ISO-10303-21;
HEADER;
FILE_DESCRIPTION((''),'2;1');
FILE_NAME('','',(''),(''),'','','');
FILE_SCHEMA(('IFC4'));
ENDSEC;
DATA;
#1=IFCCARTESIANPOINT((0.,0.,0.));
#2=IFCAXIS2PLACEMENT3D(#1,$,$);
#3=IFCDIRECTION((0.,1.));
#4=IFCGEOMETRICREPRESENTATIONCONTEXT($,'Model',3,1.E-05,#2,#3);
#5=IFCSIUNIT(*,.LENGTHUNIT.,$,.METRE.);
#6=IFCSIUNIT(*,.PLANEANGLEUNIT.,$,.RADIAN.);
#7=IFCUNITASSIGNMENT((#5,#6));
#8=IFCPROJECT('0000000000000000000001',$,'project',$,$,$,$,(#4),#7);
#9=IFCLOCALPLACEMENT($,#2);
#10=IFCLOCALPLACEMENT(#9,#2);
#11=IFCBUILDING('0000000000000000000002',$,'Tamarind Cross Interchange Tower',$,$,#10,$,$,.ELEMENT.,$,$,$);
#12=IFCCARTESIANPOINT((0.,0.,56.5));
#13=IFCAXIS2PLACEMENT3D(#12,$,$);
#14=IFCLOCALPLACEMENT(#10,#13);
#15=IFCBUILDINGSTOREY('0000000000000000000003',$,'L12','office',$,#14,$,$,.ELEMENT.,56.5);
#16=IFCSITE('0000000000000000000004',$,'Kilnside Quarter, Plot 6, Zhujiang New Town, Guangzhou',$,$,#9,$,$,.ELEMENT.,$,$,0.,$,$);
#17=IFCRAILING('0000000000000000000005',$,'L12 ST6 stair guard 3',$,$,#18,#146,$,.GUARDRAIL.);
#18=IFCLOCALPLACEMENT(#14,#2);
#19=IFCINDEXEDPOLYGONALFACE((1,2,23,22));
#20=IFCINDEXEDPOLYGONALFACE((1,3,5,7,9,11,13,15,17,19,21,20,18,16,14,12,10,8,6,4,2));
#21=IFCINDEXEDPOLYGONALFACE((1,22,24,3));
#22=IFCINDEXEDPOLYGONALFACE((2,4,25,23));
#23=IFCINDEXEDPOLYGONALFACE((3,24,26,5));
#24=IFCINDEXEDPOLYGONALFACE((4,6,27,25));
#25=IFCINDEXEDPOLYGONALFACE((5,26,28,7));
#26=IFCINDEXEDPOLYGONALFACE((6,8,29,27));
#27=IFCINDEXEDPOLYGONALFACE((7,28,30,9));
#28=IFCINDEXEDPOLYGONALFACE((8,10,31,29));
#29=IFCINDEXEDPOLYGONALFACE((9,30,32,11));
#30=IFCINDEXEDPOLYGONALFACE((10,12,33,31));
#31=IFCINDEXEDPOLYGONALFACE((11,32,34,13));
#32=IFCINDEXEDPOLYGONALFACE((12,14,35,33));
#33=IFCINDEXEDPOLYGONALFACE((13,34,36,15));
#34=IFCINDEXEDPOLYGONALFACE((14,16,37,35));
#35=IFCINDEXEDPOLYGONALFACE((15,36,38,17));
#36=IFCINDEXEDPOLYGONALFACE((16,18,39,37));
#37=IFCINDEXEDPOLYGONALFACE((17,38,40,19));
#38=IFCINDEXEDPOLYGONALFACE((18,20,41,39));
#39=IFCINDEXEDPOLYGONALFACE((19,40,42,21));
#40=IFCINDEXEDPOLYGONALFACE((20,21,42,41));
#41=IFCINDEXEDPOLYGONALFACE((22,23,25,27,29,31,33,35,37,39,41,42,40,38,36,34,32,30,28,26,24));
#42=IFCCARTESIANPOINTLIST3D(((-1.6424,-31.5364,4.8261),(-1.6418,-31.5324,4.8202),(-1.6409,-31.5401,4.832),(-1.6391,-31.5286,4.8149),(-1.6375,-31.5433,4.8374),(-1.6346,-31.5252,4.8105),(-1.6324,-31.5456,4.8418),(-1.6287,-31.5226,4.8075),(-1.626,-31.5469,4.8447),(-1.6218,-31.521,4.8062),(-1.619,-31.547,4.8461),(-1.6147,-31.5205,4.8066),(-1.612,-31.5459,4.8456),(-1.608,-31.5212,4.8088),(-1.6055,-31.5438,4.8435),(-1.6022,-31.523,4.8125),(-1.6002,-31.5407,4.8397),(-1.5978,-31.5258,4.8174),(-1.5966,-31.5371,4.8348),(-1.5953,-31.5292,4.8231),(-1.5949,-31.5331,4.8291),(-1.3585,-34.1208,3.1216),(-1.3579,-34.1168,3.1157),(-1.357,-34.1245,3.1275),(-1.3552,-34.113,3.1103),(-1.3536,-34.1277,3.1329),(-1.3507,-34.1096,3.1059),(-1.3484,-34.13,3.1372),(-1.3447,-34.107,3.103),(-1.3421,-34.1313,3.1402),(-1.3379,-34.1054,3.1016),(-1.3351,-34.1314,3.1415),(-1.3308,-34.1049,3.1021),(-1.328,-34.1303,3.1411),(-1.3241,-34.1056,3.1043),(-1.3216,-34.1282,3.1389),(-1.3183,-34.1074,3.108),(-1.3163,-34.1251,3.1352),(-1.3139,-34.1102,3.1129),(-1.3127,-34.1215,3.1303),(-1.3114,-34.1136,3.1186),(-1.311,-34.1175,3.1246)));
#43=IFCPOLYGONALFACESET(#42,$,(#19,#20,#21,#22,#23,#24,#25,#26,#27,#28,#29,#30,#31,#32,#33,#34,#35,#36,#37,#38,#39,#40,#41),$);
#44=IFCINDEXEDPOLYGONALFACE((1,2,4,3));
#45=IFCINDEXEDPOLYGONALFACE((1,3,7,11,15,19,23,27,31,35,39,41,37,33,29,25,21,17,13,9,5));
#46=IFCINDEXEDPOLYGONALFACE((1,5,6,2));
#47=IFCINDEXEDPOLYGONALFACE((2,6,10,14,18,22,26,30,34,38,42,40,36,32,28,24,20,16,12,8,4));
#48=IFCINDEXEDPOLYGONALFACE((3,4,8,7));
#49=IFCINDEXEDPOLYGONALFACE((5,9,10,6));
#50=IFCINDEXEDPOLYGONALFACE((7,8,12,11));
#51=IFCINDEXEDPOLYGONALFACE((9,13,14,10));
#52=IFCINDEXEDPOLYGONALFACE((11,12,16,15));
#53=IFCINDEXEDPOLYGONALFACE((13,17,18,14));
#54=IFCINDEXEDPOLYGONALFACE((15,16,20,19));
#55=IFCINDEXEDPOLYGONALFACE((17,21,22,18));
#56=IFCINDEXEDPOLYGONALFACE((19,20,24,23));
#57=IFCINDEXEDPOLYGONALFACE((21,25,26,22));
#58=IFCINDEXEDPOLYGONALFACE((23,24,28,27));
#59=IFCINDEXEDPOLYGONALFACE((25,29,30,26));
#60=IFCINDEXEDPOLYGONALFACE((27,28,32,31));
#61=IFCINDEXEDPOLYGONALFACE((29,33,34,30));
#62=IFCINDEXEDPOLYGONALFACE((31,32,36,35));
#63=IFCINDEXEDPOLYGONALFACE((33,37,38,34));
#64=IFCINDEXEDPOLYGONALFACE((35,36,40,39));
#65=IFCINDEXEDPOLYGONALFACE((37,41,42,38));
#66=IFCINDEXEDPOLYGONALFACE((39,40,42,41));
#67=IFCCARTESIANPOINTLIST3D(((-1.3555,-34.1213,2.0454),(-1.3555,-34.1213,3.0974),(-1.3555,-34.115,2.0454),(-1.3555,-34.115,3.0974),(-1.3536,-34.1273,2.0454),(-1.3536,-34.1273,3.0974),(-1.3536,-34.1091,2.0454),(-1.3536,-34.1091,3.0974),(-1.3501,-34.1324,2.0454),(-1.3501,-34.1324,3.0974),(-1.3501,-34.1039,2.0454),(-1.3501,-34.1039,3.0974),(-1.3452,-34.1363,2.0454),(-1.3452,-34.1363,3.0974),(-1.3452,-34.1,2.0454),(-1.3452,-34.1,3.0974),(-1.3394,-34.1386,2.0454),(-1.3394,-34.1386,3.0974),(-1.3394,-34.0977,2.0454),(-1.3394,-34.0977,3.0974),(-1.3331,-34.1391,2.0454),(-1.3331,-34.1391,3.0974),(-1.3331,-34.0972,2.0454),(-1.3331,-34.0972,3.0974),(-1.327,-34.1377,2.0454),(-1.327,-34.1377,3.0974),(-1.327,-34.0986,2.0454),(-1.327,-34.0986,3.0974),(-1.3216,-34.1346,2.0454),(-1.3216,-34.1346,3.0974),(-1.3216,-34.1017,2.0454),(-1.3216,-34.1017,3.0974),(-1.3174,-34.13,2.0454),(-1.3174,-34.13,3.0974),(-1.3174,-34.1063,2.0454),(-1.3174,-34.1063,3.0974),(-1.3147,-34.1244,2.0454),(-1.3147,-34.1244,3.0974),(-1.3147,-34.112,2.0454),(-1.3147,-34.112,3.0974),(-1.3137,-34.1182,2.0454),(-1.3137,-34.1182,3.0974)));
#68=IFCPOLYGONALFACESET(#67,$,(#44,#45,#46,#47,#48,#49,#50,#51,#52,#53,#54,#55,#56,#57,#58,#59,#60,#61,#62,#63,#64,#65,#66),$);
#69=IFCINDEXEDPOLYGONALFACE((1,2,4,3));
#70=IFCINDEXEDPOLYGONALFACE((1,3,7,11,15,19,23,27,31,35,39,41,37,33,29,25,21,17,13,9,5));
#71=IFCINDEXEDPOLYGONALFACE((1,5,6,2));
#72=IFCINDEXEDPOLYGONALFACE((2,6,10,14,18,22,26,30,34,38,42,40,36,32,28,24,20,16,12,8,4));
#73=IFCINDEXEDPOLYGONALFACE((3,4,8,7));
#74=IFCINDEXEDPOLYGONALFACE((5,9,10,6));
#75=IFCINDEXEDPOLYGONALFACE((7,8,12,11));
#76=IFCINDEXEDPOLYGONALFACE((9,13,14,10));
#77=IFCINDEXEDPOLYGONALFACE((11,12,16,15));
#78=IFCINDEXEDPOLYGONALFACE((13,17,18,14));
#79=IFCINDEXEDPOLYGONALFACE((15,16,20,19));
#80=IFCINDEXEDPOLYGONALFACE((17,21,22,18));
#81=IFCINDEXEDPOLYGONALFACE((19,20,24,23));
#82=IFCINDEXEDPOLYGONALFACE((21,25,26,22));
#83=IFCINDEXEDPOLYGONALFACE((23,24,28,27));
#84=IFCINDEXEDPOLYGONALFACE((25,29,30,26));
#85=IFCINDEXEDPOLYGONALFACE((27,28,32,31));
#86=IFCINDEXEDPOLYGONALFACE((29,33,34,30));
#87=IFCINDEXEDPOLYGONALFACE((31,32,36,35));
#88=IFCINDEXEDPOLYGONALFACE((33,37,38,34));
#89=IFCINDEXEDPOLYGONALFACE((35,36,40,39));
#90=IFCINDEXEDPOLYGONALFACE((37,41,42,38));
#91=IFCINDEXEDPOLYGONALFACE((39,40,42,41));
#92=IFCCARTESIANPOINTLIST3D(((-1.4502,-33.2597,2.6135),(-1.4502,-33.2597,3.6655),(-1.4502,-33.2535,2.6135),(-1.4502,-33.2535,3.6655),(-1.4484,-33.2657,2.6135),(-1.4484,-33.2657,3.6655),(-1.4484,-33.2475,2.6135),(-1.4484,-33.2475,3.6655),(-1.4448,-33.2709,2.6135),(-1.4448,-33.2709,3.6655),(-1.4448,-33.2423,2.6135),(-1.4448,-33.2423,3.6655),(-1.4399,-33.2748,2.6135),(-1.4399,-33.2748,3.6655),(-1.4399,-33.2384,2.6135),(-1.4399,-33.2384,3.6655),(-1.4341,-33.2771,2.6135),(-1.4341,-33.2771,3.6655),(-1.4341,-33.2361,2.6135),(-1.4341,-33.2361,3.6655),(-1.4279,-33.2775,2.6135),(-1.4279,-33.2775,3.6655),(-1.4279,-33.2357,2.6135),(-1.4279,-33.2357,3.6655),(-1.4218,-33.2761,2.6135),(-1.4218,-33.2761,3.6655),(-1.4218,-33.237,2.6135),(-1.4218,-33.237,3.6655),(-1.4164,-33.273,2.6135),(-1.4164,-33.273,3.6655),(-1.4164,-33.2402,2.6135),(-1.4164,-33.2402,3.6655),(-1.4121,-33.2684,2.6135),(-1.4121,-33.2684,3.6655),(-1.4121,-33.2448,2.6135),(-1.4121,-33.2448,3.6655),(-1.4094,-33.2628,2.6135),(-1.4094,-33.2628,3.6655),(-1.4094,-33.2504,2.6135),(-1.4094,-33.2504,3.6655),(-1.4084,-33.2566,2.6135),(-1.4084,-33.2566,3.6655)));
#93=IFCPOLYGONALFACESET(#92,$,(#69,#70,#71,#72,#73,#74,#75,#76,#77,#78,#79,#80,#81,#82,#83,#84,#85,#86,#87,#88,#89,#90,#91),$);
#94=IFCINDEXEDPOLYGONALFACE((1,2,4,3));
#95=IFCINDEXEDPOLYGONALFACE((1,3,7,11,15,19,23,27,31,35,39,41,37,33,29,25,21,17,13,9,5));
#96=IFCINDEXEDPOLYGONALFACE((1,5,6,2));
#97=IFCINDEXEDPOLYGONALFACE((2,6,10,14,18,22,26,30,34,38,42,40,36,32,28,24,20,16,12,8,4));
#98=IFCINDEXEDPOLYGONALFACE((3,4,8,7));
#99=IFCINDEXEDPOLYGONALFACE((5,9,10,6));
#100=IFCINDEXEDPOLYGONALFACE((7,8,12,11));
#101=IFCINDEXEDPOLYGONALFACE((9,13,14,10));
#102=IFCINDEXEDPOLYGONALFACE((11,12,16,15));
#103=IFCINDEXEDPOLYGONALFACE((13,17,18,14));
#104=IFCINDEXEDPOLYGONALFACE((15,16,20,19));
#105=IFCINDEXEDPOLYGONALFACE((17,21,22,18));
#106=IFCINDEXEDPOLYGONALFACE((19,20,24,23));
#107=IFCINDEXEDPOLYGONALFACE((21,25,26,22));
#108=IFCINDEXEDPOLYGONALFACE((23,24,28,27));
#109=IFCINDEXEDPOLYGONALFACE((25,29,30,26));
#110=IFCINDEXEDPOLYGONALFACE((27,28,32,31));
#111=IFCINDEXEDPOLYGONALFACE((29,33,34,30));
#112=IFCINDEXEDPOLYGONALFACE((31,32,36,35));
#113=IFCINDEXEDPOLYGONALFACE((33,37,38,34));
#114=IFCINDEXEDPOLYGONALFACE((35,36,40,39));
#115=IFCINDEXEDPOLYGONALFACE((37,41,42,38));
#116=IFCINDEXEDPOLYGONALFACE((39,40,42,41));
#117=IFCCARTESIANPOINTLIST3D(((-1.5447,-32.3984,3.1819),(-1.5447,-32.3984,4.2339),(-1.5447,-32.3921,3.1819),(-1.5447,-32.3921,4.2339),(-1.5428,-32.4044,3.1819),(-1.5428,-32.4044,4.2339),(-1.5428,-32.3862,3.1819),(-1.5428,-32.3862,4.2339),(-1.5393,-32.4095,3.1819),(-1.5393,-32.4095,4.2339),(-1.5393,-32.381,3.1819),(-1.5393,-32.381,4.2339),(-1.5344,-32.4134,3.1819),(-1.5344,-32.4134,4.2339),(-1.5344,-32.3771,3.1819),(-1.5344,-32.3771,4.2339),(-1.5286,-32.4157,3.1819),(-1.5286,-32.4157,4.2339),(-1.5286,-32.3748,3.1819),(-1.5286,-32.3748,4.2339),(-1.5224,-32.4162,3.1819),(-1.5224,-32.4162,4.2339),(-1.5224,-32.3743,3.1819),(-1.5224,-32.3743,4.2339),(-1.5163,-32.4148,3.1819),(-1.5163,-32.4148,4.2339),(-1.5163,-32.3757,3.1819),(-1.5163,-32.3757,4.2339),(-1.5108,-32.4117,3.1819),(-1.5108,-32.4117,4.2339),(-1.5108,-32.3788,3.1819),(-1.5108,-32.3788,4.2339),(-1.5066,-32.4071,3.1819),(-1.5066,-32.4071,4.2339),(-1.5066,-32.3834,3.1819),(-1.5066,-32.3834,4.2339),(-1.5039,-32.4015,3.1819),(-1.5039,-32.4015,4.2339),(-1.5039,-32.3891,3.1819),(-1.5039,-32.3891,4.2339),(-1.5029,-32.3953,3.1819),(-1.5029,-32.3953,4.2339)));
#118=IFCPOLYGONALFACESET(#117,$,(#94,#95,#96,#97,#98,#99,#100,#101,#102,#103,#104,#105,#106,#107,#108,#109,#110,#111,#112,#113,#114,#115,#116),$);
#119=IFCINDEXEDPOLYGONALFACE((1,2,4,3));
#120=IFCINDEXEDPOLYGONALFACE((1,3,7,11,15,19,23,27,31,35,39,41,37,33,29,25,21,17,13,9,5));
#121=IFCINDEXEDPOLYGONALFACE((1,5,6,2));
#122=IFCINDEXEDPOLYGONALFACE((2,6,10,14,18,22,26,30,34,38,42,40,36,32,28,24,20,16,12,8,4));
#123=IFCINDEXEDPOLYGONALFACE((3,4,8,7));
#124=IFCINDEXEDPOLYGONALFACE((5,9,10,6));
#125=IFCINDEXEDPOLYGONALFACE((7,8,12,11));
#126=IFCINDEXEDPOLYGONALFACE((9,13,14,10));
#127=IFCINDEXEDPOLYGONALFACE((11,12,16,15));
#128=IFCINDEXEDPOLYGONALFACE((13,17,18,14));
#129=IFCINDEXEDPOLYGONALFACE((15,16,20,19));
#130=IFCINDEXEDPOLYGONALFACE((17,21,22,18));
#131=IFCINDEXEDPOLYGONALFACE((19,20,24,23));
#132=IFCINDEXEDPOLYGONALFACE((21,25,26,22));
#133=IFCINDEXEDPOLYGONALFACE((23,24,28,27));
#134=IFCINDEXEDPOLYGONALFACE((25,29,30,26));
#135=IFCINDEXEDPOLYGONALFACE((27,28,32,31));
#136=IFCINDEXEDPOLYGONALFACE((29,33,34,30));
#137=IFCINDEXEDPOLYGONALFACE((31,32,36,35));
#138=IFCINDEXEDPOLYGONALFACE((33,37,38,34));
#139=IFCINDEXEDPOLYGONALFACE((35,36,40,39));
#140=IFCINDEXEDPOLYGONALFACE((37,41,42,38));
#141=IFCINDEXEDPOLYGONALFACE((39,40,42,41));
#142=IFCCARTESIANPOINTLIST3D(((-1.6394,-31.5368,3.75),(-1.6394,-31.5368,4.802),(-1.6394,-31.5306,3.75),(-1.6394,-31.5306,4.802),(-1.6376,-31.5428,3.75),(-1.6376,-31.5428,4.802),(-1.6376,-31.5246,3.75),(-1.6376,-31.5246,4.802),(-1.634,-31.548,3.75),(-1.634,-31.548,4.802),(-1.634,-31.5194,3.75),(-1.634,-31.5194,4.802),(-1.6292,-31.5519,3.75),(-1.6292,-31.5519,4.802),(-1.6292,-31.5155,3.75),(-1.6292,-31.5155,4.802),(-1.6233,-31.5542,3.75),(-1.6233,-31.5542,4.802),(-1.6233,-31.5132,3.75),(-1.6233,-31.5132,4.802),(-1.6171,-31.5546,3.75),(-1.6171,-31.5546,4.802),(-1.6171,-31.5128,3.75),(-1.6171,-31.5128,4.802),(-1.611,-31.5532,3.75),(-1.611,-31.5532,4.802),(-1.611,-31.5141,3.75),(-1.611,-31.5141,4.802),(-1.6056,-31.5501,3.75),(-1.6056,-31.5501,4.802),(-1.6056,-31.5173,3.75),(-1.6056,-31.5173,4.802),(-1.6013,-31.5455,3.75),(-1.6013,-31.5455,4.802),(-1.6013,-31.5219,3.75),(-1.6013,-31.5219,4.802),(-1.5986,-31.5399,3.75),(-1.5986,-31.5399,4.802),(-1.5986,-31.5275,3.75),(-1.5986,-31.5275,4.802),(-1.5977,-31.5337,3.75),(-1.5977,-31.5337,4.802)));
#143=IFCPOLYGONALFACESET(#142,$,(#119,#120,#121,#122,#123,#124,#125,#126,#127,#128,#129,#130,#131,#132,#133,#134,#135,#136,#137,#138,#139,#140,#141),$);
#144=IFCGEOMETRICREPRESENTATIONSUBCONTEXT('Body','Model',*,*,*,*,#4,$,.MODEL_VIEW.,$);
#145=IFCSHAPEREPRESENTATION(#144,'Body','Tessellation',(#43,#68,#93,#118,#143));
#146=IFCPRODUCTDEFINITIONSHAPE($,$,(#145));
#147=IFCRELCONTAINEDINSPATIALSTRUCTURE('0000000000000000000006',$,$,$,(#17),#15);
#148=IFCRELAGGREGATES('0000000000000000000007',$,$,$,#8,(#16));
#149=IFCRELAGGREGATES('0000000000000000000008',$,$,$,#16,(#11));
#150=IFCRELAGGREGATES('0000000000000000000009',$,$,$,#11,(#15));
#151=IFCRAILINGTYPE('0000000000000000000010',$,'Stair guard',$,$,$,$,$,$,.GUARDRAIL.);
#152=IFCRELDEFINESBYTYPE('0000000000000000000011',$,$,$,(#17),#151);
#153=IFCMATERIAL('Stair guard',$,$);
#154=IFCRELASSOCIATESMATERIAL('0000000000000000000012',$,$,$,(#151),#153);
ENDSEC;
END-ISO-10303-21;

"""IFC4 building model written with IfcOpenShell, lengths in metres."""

from ifc_helpers import new_model, si_unit, direction, frame, origin, origin_2d, place, context, subcontext, project, spatial, circle, extrude, material, type_object, element, save


model = new_model("IFC4")

# Units and contexts
model_context = context("Model", 3, precision=1e-05, world=origin(), true_north=direction((0.0, 1.0)))
body_context = subcontext(model_context, "Body", "Model", "MODEL_VIEW")
ifc_project = project(units=[si_unit("LENGTHUNIT", "METRE"), si_unit("PLANEANGLEUNIT", "RADIAN")], contexts=[model_context])

# Site, building, storey
site_placement = place(None, origin())
site = spatial("IfcSite", under=ifc_project, at=site_placement, Name="Kilnside Quarter, Plot 6, Zhujiang New Town, Guangzhou", CompositionType="ELEMENT", RefElevation=0.0)
building_placement = place(site_placement, origin())
building = spatial("IfcBuilding", under=site, at=building_placement, Name="Tamarind Cross Interchange Tower", CompositionType="ELEMENT")
storey_placement = place(building_placement, frame((0.0, 0.0, 56.5)))
storey = spatial("IfcBuildingStorey", under=building, at=storey_placement, Name="L12", Description="office", CompositionType="ELEMENT", Elevation=56.5)

# Railing
ifc_material_1 = material(Name="Stair guard")
railing_type_1 = type_object("IfcRailingType", Name="Stair guard", PredefinedType="GUARDRAIL", material=ifc_material_1)
railing_1_placement = place(storey_placement, frame((-1.3347, -34.1182, 2.0454)))
element("IfcRailing", 1, at=railing_1_placement, inside=storey, type_object=railing_type_1, Name="L12 ST6 stair guard 3", PredefinedType="GUARDRAIL", context=body_context, shape_type="SweptSolid", body=[
    extrude(circle(Radius=0.0239, at=origin_2d()), frame((0.0, 0.0, 1.0762), z_axis=(-0.091328, 0.831293, 0.54828), x_axis=(-0.994019, -0.109205, 0.0)), (0.0, 0.0, 1.0), 3.1089),
    extrude(circle(Radius=0.021, at=origin_2d()), origin(), (0.0, 0.0, 1.0), 1.052),
    extrude(circle(Radius=0.021, at=origin_2d()), frame((-0.0947, 0.8616, 0.5681)), (0.0, 0.0, 1.0), 1.052),
    extrude(circle(Radius=0.021, at=origin_2d()), frame((-0.1892, 1.7229, 1.1365)), (0.0, 0.0, 1.0), 1.052),
    extrude(circle(Radius=0.021, at=origin_2d()), frame((-0.2839, 2.5845, 1.7046)), (0.0, 0.0, 1.0), 1.052),
])

save(model, "model.ifc")
